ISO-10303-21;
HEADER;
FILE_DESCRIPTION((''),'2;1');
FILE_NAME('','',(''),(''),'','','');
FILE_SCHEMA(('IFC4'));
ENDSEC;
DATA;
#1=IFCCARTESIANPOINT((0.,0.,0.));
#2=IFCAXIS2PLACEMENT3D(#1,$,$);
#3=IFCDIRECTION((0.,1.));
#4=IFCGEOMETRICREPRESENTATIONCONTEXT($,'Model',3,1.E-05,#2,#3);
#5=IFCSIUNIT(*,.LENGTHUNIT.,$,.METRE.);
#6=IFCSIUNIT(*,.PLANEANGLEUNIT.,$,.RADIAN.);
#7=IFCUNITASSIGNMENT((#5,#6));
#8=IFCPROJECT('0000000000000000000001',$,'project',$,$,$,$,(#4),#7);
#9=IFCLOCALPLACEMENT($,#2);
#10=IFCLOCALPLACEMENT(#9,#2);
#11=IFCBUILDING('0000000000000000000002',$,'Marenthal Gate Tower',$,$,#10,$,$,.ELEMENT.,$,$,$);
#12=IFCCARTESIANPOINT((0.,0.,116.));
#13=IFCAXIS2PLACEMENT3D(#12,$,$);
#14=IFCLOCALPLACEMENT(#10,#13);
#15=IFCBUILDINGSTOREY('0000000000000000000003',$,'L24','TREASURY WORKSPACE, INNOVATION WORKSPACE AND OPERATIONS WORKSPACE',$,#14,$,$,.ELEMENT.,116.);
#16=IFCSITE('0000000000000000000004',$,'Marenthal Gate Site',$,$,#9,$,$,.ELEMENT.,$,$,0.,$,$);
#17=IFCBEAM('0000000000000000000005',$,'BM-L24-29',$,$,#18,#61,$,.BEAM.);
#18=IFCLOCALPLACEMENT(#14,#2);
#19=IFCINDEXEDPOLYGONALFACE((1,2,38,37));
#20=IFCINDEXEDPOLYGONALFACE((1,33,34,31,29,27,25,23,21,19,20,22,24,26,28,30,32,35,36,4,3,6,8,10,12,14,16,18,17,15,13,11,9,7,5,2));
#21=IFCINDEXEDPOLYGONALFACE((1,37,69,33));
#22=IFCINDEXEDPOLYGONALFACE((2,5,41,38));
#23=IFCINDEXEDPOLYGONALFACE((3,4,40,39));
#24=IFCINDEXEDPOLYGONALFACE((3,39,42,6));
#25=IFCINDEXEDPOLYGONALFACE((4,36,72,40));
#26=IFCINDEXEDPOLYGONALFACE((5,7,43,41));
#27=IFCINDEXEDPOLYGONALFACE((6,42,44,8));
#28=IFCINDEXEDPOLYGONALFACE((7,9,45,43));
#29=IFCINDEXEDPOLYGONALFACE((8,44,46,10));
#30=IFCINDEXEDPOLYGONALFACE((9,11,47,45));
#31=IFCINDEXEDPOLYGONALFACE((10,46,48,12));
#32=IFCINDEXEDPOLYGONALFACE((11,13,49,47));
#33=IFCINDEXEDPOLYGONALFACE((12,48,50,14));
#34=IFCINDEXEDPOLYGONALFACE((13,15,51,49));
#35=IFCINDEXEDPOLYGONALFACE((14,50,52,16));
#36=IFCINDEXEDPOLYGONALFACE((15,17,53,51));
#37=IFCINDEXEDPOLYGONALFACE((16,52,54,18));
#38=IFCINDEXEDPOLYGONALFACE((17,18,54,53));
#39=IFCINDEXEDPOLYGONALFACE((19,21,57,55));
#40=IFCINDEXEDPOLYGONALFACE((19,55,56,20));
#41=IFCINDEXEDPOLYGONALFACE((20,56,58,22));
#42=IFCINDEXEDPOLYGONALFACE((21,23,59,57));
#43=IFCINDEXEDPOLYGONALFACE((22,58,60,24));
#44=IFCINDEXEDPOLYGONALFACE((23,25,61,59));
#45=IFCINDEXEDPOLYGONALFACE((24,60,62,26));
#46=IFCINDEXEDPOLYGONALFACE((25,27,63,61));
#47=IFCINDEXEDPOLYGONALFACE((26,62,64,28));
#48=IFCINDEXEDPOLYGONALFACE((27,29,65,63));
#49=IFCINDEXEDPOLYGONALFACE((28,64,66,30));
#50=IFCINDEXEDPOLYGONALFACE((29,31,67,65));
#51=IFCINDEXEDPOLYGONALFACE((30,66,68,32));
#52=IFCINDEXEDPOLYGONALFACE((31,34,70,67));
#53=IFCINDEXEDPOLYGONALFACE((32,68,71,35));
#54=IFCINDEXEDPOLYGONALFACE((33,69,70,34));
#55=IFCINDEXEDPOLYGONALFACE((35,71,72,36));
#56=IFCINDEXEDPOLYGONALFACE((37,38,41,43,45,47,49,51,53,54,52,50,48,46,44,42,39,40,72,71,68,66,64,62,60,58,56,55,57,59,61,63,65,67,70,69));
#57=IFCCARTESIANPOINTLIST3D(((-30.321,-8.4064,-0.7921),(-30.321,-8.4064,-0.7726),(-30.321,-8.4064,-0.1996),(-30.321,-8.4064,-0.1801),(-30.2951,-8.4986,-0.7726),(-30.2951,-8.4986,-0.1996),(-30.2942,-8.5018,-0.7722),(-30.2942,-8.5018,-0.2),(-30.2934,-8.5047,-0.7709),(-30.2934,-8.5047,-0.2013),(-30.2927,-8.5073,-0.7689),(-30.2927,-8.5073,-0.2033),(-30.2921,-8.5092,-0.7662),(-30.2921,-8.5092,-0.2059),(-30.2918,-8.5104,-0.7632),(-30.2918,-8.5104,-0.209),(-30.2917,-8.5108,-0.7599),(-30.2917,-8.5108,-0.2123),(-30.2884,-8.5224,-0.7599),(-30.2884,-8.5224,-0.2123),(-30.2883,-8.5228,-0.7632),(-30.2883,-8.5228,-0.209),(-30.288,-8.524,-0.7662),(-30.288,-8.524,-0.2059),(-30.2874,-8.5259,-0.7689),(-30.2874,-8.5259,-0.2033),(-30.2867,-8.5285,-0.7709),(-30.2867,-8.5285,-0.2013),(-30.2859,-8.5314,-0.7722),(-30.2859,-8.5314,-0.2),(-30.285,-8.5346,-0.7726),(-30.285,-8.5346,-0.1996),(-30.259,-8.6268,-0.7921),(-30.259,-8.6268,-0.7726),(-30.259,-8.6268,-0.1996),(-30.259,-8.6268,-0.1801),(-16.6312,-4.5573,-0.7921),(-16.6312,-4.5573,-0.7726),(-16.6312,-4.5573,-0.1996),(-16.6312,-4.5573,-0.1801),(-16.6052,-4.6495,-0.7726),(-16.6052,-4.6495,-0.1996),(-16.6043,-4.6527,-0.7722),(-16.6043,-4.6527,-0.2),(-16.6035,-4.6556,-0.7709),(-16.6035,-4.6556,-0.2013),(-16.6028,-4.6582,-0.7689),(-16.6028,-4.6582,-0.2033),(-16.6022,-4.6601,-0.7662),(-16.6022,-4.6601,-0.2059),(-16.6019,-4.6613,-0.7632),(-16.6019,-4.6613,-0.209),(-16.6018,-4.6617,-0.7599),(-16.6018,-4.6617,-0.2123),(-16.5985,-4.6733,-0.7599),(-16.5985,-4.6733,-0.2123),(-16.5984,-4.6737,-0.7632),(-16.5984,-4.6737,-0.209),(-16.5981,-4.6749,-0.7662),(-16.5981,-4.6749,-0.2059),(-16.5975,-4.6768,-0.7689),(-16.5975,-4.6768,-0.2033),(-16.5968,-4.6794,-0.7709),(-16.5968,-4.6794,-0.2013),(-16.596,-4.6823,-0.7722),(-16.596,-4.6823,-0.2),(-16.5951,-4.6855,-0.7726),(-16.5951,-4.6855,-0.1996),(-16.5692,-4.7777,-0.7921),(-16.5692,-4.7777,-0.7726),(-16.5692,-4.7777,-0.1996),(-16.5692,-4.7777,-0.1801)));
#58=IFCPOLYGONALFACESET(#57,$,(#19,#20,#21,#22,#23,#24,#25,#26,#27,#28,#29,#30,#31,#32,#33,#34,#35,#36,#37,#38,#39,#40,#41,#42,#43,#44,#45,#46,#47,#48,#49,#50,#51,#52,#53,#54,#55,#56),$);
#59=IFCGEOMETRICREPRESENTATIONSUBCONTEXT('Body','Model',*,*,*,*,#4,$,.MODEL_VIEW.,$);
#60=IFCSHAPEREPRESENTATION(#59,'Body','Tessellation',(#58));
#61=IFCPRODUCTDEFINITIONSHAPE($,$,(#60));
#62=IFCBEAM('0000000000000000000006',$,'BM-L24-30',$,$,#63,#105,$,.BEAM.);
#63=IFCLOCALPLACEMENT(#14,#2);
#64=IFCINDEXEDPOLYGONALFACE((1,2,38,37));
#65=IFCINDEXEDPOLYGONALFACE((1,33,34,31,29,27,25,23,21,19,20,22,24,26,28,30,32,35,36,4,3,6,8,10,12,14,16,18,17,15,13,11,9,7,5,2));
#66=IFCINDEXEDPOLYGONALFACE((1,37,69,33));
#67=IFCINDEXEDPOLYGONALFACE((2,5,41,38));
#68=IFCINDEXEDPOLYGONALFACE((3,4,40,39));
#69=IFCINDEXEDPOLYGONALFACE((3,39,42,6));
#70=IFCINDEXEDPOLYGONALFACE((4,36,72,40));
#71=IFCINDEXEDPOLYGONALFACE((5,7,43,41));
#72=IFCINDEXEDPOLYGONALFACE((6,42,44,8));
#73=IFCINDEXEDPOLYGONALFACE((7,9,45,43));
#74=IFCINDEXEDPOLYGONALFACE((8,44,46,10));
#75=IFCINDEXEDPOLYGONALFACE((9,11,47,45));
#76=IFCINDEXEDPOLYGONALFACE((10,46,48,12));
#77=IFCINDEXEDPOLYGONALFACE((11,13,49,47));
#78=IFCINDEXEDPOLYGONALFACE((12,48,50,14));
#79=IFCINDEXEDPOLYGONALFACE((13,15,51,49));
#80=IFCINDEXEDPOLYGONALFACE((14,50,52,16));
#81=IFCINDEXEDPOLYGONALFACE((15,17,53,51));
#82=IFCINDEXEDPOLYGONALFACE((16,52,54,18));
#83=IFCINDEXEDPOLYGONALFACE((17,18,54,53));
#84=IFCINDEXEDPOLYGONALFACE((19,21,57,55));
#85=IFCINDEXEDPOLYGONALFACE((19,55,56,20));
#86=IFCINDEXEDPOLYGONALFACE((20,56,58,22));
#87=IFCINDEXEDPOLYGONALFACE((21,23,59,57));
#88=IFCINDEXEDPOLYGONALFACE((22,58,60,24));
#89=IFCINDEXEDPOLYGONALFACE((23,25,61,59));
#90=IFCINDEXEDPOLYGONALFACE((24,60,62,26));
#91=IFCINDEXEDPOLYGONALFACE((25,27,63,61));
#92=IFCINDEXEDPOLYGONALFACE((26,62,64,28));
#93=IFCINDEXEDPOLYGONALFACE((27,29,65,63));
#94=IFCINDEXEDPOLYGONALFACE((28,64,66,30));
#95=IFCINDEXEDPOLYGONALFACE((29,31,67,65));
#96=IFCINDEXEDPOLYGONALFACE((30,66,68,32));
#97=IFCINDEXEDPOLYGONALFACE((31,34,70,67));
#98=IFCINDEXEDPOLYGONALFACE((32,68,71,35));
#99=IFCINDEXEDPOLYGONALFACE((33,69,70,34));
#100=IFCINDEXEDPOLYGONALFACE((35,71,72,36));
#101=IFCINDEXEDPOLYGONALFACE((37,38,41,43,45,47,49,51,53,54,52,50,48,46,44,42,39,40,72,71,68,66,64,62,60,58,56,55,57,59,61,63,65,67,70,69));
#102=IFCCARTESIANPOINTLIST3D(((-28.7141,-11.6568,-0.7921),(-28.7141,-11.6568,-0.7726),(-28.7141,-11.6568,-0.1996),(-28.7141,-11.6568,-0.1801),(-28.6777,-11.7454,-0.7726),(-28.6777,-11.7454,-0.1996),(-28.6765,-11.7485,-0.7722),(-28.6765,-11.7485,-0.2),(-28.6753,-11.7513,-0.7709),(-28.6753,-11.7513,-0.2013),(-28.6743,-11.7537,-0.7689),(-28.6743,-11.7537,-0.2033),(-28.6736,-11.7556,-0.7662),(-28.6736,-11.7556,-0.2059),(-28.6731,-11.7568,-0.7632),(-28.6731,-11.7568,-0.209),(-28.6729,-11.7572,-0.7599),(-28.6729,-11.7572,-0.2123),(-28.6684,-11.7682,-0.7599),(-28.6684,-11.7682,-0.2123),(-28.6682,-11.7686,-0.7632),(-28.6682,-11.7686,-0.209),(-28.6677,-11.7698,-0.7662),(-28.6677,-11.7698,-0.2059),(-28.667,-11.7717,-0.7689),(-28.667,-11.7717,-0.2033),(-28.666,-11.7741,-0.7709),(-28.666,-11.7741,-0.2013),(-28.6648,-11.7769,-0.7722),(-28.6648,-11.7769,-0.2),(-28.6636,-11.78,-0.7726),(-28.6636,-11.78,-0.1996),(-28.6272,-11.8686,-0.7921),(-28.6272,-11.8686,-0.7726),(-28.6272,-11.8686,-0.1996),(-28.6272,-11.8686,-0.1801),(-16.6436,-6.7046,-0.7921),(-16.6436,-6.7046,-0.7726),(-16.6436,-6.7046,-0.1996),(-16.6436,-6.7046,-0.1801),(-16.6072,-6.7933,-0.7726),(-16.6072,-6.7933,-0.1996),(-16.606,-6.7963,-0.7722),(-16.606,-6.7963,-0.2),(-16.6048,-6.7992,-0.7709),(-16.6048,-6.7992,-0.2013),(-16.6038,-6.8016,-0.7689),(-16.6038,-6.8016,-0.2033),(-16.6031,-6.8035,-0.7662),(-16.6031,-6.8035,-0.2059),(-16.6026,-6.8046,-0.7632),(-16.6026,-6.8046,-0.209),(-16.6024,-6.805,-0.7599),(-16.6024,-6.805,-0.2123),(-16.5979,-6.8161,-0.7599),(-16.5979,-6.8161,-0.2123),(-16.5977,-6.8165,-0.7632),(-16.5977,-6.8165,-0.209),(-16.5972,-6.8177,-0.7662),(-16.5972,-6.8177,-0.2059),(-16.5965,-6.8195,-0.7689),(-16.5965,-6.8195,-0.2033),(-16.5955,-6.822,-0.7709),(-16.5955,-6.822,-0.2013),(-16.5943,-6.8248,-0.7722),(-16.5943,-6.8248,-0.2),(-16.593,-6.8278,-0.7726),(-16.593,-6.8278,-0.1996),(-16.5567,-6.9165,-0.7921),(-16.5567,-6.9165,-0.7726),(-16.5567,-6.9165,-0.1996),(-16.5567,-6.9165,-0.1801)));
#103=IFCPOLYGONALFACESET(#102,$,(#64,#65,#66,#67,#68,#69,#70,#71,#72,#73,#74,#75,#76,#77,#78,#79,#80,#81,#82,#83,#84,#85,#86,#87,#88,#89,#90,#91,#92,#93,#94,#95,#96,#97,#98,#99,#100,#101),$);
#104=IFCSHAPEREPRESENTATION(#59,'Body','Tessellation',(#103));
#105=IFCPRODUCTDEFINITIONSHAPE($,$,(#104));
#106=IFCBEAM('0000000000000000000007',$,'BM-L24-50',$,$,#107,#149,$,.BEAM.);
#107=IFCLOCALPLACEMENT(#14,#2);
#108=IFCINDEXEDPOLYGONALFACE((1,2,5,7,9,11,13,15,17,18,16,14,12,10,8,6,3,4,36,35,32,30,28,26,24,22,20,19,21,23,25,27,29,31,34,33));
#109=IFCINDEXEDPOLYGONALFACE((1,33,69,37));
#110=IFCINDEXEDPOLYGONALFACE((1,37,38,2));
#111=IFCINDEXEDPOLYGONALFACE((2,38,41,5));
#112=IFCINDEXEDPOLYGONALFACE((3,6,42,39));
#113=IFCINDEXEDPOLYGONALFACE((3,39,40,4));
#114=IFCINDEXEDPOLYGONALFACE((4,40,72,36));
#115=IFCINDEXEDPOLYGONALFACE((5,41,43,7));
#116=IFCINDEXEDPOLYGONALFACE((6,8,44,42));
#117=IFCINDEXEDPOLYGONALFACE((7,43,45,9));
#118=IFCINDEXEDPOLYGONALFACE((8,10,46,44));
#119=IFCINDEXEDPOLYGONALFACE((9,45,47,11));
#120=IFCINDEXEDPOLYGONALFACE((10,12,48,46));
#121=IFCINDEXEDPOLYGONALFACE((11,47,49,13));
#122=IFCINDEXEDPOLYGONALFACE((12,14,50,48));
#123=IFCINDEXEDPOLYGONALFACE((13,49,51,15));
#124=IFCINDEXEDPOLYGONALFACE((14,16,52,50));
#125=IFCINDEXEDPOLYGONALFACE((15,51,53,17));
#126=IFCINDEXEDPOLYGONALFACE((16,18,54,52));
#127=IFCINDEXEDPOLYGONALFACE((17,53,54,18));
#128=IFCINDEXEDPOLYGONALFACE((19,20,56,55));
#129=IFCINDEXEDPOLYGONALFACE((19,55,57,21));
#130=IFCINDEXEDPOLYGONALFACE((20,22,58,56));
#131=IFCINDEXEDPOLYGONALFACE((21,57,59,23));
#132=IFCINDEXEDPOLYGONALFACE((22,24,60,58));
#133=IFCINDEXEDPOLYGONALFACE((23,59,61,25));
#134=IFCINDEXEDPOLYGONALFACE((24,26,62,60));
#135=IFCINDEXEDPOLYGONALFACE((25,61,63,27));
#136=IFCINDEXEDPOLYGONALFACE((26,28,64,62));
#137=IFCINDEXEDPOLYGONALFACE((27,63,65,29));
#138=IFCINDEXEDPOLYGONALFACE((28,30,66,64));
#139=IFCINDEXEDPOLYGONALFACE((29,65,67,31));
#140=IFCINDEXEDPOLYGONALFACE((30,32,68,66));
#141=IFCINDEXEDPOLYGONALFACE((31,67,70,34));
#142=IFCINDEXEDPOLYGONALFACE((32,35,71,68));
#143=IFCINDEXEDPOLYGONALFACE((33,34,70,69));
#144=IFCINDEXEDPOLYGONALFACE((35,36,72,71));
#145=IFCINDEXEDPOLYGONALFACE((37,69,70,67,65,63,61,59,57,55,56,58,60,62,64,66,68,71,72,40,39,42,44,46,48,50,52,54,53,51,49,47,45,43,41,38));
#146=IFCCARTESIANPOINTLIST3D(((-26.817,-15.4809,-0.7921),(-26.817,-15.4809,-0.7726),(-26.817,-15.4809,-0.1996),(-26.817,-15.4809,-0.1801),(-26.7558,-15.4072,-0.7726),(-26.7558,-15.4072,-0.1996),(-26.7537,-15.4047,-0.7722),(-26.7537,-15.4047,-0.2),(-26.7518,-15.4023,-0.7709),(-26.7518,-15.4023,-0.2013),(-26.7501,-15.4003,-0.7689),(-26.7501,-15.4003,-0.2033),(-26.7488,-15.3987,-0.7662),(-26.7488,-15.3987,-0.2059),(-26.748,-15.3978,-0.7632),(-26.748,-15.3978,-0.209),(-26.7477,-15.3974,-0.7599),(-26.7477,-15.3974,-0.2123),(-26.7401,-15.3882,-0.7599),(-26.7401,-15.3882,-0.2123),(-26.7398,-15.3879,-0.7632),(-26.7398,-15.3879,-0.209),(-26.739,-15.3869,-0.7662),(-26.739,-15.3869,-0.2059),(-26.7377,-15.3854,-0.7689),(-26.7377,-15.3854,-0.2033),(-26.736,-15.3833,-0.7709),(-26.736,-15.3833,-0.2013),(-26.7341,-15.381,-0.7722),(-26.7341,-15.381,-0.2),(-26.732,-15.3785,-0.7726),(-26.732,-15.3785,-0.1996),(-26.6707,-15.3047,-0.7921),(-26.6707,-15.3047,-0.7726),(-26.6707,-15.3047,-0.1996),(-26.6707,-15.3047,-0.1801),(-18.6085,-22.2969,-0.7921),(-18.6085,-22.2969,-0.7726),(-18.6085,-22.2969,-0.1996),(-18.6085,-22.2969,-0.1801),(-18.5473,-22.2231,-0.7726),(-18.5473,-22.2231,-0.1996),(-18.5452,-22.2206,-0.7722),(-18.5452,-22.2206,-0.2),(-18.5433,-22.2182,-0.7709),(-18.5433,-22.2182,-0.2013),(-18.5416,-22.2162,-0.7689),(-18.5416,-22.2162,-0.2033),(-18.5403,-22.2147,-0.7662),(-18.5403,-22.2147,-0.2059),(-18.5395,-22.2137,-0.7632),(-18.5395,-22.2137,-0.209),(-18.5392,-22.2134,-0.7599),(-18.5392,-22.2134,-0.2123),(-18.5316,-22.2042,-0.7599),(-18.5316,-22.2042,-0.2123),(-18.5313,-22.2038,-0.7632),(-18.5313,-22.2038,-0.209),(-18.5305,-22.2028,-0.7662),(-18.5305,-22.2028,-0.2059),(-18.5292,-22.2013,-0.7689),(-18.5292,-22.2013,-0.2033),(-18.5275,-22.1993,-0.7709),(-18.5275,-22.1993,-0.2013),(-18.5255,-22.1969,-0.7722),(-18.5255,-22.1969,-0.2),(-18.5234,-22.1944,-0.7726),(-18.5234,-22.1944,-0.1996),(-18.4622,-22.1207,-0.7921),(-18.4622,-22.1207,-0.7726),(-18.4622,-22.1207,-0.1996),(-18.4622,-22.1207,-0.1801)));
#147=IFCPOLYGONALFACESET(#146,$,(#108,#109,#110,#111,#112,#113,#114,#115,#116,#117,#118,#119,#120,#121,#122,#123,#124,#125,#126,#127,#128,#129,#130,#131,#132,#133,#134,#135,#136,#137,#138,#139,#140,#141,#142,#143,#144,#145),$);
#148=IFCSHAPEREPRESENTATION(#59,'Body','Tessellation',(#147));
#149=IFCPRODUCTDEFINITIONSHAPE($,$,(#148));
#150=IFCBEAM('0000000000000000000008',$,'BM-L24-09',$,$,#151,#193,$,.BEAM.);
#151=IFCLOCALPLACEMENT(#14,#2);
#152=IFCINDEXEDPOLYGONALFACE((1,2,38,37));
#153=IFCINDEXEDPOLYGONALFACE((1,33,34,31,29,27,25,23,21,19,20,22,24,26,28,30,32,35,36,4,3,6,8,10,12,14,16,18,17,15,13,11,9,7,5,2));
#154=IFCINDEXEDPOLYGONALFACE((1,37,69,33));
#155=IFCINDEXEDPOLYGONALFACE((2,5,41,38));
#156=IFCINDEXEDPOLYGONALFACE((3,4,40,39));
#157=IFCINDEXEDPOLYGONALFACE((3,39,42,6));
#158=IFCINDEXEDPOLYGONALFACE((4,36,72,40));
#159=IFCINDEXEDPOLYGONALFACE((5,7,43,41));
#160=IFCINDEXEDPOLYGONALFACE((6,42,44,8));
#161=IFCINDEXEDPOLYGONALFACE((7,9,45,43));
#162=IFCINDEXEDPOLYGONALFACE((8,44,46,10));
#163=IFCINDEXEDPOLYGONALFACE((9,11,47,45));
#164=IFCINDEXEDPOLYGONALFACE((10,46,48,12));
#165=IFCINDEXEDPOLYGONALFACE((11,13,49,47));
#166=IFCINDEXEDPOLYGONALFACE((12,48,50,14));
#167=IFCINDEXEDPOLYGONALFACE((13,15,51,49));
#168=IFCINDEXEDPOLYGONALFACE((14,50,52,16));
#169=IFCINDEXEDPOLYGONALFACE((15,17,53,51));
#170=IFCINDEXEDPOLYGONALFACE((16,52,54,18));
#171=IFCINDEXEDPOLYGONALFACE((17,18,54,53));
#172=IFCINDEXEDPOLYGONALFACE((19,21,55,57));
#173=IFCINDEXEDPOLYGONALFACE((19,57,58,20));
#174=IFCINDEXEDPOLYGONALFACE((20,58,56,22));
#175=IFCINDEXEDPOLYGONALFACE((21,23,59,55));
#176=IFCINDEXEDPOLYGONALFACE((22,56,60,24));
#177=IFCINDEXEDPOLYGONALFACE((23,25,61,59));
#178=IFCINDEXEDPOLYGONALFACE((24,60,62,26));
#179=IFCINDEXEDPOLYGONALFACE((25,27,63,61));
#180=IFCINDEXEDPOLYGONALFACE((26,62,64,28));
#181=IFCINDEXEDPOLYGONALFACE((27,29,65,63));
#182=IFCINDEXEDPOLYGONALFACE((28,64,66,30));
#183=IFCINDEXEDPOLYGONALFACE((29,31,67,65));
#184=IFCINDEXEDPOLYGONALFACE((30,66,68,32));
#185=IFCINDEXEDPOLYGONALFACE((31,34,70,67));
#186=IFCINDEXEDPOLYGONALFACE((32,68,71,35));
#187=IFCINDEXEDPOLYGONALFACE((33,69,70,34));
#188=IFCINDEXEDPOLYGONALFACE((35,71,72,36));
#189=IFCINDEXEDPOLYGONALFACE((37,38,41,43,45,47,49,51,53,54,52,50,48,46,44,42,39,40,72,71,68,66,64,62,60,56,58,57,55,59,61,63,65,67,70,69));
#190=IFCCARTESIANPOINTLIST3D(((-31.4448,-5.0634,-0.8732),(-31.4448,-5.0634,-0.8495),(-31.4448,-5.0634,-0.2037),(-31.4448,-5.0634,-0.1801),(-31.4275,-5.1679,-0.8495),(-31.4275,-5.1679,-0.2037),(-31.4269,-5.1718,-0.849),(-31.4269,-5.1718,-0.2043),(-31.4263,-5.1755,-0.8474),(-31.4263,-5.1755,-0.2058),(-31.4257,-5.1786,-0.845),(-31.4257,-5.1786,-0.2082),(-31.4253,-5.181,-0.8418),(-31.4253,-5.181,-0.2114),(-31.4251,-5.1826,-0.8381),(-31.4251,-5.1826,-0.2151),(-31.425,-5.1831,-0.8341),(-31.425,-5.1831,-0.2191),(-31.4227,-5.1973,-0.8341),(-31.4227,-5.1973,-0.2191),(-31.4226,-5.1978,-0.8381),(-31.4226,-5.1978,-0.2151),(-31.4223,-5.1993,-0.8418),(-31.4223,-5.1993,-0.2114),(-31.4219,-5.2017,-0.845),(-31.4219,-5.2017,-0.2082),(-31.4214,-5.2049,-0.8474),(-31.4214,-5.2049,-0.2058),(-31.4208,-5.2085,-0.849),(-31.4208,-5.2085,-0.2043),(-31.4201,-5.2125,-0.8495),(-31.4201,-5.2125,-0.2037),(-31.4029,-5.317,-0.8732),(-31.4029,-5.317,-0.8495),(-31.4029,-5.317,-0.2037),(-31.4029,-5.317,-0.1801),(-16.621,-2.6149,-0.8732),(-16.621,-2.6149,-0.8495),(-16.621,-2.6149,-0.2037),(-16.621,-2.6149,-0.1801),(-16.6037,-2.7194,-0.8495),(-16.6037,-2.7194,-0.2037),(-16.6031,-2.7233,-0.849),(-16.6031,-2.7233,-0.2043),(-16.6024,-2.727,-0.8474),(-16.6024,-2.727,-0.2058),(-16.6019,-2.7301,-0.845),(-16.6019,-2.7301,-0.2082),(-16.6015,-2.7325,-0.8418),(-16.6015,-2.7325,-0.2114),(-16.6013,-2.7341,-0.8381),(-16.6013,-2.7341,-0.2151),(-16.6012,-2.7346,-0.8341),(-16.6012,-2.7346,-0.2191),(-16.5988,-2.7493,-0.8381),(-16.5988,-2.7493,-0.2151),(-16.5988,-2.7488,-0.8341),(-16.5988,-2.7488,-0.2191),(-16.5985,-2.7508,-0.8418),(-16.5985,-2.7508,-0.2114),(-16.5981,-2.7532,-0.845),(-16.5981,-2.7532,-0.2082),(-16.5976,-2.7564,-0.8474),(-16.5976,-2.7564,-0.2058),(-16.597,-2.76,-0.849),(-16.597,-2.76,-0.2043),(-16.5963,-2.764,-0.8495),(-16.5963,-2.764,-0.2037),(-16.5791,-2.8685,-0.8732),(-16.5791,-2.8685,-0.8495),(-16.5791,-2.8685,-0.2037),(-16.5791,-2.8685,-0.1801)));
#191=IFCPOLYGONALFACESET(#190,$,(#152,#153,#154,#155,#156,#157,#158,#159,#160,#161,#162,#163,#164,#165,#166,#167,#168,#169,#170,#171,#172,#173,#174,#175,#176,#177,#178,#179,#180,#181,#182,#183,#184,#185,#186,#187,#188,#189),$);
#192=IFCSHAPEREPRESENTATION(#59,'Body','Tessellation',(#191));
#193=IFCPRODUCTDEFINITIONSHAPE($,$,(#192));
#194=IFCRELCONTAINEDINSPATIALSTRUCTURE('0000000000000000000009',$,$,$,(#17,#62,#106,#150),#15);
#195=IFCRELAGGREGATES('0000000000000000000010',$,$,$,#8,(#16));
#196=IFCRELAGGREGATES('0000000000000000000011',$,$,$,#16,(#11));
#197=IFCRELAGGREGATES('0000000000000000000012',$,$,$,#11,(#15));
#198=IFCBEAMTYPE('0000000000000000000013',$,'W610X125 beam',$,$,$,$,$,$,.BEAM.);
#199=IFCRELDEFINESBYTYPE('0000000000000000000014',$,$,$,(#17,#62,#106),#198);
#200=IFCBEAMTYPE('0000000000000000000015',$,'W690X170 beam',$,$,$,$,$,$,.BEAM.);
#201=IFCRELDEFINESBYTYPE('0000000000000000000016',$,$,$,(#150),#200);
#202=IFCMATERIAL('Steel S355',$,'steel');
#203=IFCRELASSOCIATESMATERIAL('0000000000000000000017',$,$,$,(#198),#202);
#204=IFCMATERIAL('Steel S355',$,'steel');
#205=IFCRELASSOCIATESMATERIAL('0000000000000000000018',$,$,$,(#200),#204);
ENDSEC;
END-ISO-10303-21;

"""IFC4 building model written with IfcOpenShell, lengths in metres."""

from ifc_helpers import new_model, si_unit, direction, frame, origin, origin_2d, place, context, subcontext, project, spatial, i_section, extrude, material, material_profile, profile_set, type_object, element, save


model = new_model("IFC4")

# Units and contexts
model_context = context("Model", 3, precision=1e-05, world=origin(), true_north=direction((0.0, 1.0)))
body_context = subcontext(model_context, "Body", "Model", "MODEL_VIEW")
ifc_project = project(units=[si_unit("LENGTHUNIT", "METRE"), si_unit("PLANEANGLEUNIT", "RADIAN")], contexts=[model_context])

# Site, building, storey
site_placement = place(None, origin())
site = spatial("IfcSite", under=ifc_project, at=site_placement, Name="Marenthal Gate Site", CompositionType="ELEMENT", RefElevation=0.0)
building_placement = place(site_placement, origin())
building = spatial("IfcBuilding", under=site, at=building_placement, Name="Marenthal Gate Tower", CompositionType="ELEMENT")
storey_placement = place(building_placement, frame((0.0, 0.0, 116.0)))
storey = spatial("IfcBuildingStorey", under=building, at=storey_placement, Name="L24", Description="TREASURY WORKSPACE, INNOVATION WORKSPACE AND OPERATIONS WORKSPACE", CompositionType="ELEMENT", Elevation=116.0)

# Beams
ifc_material_1 = material(Name="Steel S355", Category="steel")
ifc_material_profile_1 = material_profile(ifc_material_1, i_section(OverallWidth=0.229, OverallDepth=0.6121, WebThickness=0.012, FlangeThickness=0.0195, FilletRadius=0.0127, at=origin_2d()), Name="W610X125")
ifc_profile_set_1 = profile_set([ifc_material_profile_1], Name="Steel S355")
beam_type_1 = type_object("IfcBeamType", Name="W610X125 beam", PredefinedType="BEAM", material=ifc_profile_set_1)
beam_1_placement = place(storey_placement, frame((-30.29, -8.5166, -0.4861), z_axis=(0.962672, 0.270669, 0.0), x_axis=(-0.270669, 0.962672, 0.0)))
element("IfcBeam", 1, at=beam_1_placement, inside=storey, type_object=beam_type_1, Name="BM-L24-29", PredefinedType="BEAM", context=body_context, shape_type="SweptSolid", body=[
    extrude(i_section(OverallWidth=0.229, OverallDepth=0.6121, WebThickness=0.012, FlangeThickness=0.0195, FilletRadius=0.0127, at=origin_2d()), origin(), (0.0, 0.0, 1.0), 14.2207),
])
beam_2_placement = place(storey_placement, frame((-28.6707, -11.7627, -0.4861), z_axis=(0.925165, 0.379565, 0.0), x_axis=(-0.379565, 0.925165, 0.0)))
element("IfcBeam", 2, at=beam_2_placement, inside=storey, type_object=beam_type_1, Name="BM-L24-30", PredefinedType="BEAM", context=body_context, shape_type="SweptSolid", body=[
    extrude(i_section(OverallWidth=0.229, OverallDepth=0.6121, WebThickness=0.012, FlangeThickness=0.0195, FilletRadius=0.0127, at=origin_2d()), origin(), (0.0, 0.0, 1.0), 13.0469),
])
beam_3_placement = place(storey_placement, frame((-26.7439, -15.3928, -0.4861), z_axis=(0.769349, -0.638828, 0.0), x_axis=(0.638828, 0.769349, 0.0)))
element("IfcBeam", 3, at=beam_3_placement, inside=storey, type_object=beam_type_1, Name="BM-L24-50", PredefinedType="BEAM", context=body_context, shape_type="SweptSolid", body=[
    extrude(i_section(OverallWidth=0.229, OverallDepth=0.6121, WebThickness=0.012, FlangeThickness=0.0195, FilletRadius=0.0127, at=origin_2d()), origin(), (0.0, 0.0, 1.0), 10.6694),
])
ifc_material_2 = material(Name="Steel S355", Category="steel")
ifc_material_profile_2 = material_profile(ifc_material_2, i_section(OverallWidth=0.2571, OverallDepth=0.6931, WebThickness=0.0144, FlangeThickness=0.0237, FilletRadius=0.0154, at=origin_2d()), Name="W690X170")
ifc_profile_set_2 = profile_set([ifc_material_profile_2], Name="Steel S355")
beam_type_2 = type_object("IfcBeamType", Name="W690X170 beam", PredefinedType="BEAM", material=ifc_profile_set_2)
beam_4_placement = place(storey_placement, frame((-31.4238, -5.1902, -0.5266), z_axis=(0.986632, 0.162965, 0.0), x_axis=(-0.162965, 0.986632, 0.0)))
element("IfcBeam", 4, at=beam_4_placement, inside=storey, type_object=beam_type_2, Name="BM-L24-09", PredefinedType="BEAM", context=body_context, shape_type="SweptSolid", body=[
    extrude(i_section(OverallWidth=0.2571, OverallDepth=0.6931, WebThickness=0.0144, FlangeThickness=0.0237, FilletRadius=0.0154, at=origin_2d()), origin(), (0.0, 0.0, 1.0), 15.0247),
])

save(model, "model.ifc")
